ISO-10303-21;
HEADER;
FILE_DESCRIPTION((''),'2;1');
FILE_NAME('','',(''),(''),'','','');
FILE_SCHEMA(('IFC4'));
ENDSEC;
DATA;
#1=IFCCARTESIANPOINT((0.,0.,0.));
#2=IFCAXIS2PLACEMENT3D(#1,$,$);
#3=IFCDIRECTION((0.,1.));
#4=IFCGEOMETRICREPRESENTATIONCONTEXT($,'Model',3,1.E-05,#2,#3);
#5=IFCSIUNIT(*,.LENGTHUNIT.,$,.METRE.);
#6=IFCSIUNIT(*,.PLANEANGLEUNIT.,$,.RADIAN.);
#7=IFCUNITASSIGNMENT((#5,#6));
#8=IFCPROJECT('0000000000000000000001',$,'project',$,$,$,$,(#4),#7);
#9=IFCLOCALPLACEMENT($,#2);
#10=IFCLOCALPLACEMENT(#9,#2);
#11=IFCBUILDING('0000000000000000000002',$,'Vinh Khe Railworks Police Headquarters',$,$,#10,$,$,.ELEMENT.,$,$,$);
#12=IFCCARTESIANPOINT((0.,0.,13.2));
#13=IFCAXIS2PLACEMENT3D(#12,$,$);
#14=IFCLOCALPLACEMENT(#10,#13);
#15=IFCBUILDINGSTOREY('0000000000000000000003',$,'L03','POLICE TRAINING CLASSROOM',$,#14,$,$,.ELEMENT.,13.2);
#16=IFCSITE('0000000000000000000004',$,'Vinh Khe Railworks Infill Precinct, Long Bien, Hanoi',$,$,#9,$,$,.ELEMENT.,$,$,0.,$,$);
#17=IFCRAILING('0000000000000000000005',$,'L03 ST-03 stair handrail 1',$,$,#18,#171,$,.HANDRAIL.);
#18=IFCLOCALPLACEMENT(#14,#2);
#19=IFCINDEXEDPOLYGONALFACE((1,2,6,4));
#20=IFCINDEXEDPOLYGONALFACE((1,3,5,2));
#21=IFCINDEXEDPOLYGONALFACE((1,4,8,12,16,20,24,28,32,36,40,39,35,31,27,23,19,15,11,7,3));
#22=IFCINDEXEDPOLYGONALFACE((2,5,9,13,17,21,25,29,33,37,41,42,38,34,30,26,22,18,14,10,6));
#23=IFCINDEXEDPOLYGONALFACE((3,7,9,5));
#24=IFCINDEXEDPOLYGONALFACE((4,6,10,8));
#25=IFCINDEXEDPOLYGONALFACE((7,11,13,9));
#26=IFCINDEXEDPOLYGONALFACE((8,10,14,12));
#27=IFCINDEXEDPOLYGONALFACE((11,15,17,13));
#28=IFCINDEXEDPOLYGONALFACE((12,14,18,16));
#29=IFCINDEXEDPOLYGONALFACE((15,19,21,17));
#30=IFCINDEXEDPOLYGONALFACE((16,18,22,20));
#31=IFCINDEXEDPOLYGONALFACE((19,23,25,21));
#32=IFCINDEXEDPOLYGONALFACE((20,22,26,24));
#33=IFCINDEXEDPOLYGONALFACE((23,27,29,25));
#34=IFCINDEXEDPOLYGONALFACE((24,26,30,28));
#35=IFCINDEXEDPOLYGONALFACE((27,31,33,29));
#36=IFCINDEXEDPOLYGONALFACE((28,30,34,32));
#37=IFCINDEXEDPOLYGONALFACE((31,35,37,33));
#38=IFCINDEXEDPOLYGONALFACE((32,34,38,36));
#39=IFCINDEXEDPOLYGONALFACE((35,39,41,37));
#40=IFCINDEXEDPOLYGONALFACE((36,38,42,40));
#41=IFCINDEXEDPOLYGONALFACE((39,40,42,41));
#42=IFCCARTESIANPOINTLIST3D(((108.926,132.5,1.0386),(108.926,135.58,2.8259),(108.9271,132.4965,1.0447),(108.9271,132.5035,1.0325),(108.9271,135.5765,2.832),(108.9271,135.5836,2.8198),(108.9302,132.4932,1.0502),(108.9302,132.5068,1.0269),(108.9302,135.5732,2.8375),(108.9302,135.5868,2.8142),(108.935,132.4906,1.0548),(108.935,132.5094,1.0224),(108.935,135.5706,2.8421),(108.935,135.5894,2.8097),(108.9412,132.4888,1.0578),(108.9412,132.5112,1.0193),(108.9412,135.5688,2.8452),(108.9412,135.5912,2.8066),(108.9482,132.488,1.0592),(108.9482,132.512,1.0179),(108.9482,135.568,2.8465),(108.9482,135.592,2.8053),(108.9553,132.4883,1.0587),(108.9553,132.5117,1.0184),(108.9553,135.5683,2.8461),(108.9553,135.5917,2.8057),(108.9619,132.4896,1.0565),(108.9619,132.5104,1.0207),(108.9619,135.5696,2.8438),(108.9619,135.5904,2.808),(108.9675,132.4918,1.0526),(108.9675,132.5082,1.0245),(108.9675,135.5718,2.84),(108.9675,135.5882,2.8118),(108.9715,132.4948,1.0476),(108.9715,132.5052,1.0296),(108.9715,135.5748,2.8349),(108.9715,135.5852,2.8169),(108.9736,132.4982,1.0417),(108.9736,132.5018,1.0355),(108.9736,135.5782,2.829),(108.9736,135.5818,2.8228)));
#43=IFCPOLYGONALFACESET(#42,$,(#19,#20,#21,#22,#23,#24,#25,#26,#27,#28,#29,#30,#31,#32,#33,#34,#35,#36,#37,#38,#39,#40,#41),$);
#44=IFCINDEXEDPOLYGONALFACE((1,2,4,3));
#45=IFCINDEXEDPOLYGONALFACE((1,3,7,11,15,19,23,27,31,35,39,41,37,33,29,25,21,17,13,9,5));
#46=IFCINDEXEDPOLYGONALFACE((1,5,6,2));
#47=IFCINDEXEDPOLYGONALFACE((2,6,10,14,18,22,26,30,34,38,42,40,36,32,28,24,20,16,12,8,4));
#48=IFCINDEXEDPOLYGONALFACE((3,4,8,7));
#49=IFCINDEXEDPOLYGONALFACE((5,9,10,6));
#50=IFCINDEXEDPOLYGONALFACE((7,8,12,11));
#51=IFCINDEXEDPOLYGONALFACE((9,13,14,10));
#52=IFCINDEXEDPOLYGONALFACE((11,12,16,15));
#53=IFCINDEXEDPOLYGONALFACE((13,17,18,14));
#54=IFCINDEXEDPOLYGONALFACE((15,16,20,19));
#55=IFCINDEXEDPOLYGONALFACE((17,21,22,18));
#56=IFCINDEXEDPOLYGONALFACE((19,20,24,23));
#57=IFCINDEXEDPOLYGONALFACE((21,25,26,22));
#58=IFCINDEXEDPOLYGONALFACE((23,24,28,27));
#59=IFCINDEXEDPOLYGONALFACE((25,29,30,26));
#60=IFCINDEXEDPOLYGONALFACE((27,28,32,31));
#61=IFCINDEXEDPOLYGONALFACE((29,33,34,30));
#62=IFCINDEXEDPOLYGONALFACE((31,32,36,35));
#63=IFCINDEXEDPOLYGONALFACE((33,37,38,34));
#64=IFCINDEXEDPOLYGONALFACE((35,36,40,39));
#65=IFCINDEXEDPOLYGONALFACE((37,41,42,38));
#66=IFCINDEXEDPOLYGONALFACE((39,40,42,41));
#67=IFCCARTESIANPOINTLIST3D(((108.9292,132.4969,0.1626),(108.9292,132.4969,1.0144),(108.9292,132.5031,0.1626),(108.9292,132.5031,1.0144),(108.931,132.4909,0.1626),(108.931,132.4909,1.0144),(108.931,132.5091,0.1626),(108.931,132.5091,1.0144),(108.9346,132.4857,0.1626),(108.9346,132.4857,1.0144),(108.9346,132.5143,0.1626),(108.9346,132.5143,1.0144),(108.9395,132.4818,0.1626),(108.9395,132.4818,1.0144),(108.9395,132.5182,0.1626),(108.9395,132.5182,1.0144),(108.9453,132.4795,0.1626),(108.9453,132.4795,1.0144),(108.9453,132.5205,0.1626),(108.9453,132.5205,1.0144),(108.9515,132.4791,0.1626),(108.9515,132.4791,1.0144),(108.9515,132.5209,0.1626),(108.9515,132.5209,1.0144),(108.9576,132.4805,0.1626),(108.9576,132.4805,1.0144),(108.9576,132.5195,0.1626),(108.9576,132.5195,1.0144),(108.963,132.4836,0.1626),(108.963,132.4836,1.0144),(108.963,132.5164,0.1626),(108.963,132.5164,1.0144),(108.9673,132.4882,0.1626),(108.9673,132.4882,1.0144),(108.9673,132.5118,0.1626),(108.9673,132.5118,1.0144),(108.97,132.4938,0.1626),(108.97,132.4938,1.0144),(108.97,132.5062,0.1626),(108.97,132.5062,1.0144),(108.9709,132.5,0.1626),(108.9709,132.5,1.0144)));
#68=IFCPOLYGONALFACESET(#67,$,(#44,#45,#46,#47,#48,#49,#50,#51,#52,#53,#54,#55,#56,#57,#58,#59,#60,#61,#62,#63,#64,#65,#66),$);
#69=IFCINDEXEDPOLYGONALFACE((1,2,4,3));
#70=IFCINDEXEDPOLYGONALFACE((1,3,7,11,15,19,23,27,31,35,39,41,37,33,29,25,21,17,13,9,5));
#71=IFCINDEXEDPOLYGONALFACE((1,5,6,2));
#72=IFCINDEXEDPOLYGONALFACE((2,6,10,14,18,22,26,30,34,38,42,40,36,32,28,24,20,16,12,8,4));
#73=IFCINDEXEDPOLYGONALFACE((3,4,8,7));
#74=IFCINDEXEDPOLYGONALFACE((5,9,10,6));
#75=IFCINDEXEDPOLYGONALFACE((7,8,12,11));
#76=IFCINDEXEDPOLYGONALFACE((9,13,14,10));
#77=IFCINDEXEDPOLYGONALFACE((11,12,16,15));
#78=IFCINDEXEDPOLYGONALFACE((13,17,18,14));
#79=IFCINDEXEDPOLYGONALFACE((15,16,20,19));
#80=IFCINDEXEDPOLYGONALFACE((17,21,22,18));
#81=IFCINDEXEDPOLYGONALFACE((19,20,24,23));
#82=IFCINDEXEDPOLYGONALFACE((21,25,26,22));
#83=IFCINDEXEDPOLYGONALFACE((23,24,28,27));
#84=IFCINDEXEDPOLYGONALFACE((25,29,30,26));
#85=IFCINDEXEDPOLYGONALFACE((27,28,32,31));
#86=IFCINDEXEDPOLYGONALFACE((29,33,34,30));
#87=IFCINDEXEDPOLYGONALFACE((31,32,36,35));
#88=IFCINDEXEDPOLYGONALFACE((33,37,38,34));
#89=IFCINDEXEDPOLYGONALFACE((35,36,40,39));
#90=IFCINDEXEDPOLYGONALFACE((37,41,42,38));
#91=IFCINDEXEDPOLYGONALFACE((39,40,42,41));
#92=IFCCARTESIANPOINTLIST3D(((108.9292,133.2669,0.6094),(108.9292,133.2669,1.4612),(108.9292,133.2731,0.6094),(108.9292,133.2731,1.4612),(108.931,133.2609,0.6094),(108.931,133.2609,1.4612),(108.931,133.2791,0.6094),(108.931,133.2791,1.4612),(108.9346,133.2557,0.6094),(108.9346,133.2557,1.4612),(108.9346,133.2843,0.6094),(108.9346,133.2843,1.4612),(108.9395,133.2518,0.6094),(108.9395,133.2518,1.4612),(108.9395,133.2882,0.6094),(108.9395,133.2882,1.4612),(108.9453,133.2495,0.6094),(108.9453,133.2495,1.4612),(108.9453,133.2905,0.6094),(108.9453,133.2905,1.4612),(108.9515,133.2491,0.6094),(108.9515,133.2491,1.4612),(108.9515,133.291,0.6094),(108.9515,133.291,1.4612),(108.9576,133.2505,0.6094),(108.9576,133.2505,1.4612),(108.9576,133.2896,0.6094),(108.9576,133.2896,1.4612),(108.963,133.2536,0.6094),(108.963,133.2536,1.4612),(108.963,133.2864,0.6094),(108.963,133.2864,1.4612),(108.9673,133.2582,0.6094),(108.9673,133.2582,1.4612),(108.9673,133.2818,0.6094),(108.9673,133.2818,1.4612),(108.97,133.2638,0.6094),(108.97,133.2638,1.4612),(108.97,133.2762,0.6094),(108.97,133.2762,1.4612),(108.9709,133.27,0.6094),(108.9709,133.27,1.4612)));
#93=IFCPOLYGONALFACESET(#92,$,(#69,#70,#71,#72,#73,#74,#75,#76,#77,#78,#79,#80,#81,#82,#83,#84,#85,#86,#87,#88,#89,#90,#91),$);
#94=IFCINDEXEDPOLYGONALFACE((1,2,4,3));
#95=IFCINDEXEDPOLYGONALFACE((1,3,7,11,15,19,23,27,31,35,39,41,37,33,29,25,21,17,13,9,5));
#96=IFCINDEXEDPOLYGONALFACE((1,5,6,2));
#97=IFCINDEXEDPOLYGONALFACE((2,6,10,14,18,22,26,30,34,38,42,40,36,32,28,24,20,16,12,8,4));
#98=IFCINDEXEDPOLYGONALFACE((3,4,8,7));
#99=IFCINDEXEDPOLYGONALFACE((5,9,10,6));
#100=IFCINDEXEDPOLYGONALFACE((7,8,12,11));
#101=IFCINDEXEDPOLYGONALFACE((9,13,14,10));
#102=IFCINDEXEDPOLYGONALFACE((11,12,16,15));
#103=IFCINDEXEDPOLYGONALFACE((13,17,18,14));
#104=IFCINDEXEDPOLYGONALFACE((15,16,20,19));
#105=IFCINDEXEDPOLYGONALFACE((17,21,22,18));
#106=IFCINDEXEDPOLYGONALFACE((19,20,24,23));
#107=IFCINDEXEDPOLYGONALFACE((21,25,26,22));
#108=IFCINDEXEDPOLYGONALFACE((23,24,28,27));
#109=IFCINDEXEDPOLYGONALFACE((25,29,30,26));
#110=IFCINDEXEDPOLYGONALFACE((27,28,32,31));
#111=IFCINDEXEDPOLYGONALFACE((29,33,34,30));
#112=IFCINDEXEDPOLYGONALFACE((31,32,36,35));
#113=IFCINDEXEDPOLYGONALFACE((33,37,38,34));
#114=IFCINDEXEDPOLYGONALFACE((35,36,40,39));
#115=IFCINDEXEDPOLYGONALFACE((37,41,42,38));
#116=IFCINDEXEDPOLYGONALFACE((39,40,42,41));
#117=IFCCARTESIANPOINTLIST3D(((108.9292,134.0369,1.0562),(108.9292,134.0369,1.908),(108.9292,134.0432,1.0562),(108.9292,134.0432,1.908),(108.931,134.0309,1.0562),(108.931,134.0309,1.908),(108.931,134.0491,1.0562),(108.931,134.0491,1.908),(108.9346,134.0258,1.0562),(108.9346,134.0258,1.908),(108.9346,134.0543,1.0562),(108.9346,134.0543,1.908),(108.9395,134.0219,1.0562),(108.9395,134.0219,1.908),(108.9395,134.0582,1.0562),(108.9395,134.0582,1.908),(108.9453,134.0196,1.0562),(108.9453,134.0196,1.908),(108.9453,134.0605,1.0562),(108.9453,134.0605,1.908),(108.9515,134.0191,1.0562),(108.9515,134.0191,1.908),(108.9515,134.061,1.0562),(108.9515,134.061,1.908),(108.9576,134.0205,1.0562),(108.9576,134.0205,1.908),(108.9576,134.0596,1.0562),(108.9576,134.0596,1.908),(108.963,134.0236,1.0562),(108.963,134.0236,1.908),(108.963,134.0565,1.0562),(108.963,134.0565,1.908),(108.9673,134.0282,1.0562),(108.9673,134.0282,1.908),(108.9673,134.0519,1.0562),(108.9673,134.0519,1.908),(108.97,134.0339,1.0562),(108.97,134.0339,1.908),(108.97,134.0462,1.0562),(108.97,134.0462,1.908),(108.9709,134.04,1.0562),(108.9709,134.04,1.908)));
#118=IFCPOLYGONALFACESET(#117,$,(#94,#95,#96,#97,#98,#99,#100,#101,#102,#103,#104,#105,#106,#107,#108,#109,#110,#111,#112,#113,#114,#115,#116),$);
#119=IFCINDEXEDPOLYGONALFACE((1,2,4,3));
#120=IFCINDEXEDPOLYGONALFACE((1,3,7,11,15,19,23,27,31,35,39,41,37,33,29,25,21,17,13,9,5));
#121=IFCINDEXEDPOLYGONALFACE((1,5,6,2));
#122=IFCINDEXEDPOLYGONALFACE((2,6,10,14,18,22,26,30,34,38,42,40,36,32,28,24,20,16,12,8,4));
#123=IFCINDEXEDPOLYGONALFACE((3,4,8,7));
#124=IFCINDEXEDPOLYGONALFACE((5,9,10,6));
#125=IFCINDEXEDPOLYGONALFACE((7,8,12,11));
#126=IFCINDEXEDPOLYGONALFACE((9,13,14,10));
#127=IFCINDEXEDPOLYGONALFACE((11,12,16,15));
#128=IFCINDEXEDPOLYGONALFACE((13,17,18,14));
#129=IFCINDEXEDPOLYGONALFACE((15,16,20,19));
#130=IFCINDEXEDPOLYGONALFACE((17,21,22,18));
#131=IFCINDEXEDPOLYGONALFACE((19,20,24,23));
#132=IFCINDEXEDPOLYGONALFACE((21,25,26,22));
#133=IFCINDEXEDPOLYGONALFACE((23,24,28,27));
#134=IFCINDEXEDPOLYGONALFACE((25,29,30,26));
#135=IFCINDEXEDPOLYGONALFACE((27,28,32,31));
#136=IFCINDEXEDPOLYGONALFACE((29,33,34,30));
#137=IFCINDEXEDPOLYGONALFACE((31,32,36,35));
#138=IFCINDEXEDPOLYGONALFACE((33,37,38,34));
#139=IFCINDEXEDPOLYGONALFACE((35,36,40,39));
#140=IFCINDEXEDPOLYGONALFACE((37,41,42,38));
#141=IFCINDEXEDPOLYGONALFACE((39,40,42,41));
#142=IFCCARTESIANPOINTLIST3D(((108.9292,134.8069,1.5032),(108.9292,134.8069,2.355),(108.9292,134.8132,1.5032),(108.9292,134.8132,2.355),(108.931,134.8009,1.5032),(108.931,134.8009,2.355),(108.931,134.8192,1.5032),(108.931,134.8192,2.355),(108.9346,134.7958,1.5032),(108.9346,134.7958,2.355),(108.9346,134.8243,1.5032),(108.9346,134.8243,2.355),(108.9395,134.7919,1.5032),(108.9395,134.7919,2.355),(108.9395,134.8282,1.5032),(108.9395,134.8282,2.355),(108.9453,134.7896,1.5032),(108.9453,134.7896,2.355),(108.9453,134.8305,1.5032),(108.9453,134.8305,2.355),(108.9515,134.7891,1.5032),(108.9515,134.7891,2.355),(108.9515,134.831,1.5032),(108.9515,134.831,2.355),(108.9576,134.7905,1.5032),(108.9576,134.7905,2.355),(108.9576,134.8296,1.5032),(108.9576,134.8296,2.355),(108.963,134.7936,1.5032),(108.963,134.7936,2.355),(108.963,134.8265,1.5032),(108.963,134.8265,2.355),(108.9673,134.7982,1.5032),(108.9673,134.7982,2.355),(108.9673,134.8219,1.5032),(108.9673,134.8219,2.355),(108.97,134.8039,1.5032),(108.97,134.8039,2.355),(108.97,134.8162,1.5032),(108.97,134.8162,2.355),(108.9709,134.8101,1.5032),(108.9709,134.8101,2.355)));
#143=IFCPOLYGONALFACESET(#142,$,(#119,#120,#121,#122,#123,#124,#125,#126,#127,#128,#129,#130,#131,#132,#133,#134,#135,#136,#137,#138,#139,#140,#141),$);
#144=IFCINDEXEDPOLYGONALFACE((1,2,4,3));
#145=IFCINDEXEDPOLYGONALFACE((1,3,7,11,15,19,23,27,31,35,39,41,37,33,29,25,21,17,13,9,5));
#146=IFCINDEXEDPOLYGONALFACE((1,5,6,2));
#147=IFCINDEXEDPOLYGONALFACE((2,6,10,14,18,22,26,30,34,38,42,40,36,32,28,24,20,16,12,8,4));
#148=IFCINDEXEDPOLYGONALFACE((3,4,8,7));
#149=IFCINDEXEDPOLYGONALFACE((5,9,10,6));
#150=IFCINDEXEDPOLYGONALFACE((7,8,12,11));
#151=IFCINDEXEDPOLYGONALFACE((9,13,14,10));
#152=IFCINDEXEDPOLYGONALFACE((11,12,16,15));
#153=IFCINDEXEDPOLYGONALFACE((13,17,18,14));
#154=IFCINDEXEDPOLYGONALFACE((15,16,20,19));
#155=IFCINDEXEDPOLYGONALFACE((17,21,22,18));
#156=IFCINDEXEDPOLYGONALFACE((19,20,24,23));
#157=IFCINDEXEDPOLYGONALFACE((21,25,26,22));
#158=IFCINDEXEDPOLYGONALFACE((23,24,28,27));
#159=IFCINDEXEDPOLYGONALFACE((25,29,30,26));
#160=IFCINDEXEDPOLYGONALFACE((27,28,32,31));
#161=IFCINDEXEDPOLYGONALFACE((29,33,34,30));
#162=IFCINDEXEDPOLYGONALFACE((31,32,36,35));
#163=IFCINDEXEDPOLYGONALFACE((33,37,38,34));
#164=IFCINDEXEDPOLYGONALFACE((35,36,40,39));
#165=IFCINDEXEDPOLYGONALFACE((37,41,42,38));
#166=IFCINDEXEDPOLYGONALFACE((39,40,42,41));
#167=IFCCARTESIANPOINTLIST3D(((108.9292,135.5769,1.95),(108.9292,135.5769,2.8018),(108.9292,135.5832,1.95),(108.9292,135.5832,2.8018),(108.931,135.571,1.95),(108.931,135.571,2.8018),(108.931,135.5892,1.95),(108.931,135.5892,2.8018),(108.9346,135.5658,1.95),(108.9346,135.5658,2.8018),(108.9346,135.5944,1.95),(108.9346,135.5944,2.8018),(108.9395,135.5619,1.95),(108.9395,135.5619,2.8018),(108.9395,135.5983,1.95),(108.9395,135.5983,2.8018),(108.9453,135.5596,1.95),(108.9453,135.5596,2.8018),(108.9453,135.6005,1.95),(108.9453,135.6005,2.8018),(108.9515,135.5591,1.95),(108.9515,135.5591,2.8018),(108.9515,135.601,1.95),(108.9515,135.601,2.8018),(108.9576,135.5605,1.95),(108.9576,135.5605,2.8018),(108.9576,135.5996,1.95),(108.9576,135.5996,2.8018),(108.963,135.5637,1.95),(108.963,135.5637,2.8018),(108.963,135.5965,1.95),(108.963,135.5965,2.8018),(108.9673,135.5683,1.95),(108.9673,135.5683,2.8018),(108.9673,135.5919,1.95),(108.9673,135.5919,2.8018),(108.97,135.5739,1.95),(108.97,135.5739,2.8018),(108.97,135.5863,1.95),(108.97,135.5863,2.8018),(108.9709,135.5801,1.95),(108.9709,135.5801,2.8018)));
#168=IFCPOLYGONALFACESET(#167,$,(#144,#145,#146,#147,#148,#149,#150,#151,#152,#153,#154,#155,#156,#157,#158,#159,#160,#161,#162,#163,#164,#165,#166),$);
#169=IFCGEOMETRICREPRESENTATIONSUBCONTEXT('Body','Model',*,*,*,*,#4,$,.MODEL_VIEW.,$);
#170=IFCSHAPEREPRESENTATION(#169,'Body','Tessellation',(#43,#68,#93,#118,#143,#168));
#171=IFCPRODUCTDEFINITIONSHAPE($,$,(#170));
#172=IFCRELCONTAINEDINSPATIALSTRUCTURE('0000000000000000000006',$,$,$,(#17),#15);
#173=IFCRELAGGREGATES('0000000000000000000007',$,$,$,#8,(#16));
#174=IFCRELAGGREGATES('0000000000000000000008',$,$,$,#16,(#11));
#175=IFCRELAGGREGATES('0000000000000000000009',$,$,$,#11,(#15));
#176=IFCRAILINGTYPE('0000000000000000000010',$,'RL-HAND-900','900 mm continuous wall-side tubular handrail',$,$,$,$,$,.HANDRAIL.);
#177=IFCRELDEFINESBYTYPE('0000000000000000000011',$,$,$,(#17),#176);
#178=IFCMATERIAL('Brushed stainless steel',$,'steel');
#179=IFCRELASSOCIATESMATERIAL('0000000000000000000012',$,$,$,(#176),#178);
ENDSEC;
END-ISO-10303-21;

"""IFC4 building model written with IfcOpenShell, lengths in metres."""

from ifc_helpers import new_model, si_unit, direction, frame, origin, origin_2d, place, context, subcontext, project, spatial, circle, extrude, material, type_object, element, save


model = new_model("IFC4")

# Units and contexts
model_context = context("Model", 3, precision=1e-05, world=origin(), true_north=direction((0.0, 1.0)))
body_context = subcontext(model_context, "Body", "Model", "MODEL_VIEW")
ifc_project = project(units=[si_unit("LENGTHUNIT", "METRE"), si_unit("PLANEANGLEUNIT", "RADIAN")], contexts=[model_context])

# Site, building, storey
site_placement = place(None, origin())
site = spatial("IfcSite", under=ifc_project, at=site_placement, Name="Vinh Khe Railworks Infill Precinct, Long Bien, Hanoi", CompositionType="ELEMENT", RefElevation=0.0)
building_placement = place(site_placement, origin())
building = spatial("IfcBuilding", under=site, at=building_placement, Name="Vinh Khe Railworks Police Headquarters", CompositionType="ELEMENT")
storey_placement = place(building_placement, frame((0.0, 0.0, 13.2)))
storey = spatial("IfcBuildingStorey", under=building, at=storey_placement, Name="L03", Description="POLICE TRAINING CLASSROOM", CompositionType="ELEMENT", Elevation=13.2)

# Railing
ifc_material_1 = material(Name="Brushed stainless steel", Category="steel")
railing_type_1 = type_object("IfcRailingType", Name="RL-HAND-900", Description="900 mm continuous wall-side tubular handrail", PredefinedType="HANDRAIL", material=ifc_material_1)
railing_1_placement = place(storey_placement, frame((108.95, 132.5, 0.1626)))
element("IfcRailing", 1, at=railing_1_placement, inside=storey, type_object=railing_type_1, Name="L03 ST-03 stair handrail 1", PredefinedType="HANDRAIL", context=body_context, shape_type="SweptSolid", body=[
    extrude(circle(Radius=0.0239, at=origin_2d()), frame((0.0, 0.0, 0.876), z_axis=(0.0, 0.86492, 0.501909), x_axis=(-1.0, 0.0, 0.0)), (0.0, 0.0, 1.0), 3.561),
    extrude(circle(Radius=0.021, at=origin_2d()), origin(), (0.0, 0.0, 1.0), 0.8518),
    extrude(circle(Radius=0.021, at=origin_2d()), frame((0.0, 0.77, 0.4468)), (0.0, 0.0, 1.0), 0.8518),
    extrude(circle(Radius=0.021, at=origin_2d()), frame((0.0, 1.54, 0.8936)), (0.0, 0.0, 1.0), 0.8518),
    extrude(circle(Radius=0.021, at=origin_2d()), frame((0.0, 2.3101, 1.3406)), (0.0, 0.0, 1.0), 0.8518),
    extrude(circle(Radius=0.021, at=origin_2d()), frame((0.0, 3.0801, 1.7874)), (0.0, 0.0, 1.0), 0.8518),
])

save(model, "model.ifc")
